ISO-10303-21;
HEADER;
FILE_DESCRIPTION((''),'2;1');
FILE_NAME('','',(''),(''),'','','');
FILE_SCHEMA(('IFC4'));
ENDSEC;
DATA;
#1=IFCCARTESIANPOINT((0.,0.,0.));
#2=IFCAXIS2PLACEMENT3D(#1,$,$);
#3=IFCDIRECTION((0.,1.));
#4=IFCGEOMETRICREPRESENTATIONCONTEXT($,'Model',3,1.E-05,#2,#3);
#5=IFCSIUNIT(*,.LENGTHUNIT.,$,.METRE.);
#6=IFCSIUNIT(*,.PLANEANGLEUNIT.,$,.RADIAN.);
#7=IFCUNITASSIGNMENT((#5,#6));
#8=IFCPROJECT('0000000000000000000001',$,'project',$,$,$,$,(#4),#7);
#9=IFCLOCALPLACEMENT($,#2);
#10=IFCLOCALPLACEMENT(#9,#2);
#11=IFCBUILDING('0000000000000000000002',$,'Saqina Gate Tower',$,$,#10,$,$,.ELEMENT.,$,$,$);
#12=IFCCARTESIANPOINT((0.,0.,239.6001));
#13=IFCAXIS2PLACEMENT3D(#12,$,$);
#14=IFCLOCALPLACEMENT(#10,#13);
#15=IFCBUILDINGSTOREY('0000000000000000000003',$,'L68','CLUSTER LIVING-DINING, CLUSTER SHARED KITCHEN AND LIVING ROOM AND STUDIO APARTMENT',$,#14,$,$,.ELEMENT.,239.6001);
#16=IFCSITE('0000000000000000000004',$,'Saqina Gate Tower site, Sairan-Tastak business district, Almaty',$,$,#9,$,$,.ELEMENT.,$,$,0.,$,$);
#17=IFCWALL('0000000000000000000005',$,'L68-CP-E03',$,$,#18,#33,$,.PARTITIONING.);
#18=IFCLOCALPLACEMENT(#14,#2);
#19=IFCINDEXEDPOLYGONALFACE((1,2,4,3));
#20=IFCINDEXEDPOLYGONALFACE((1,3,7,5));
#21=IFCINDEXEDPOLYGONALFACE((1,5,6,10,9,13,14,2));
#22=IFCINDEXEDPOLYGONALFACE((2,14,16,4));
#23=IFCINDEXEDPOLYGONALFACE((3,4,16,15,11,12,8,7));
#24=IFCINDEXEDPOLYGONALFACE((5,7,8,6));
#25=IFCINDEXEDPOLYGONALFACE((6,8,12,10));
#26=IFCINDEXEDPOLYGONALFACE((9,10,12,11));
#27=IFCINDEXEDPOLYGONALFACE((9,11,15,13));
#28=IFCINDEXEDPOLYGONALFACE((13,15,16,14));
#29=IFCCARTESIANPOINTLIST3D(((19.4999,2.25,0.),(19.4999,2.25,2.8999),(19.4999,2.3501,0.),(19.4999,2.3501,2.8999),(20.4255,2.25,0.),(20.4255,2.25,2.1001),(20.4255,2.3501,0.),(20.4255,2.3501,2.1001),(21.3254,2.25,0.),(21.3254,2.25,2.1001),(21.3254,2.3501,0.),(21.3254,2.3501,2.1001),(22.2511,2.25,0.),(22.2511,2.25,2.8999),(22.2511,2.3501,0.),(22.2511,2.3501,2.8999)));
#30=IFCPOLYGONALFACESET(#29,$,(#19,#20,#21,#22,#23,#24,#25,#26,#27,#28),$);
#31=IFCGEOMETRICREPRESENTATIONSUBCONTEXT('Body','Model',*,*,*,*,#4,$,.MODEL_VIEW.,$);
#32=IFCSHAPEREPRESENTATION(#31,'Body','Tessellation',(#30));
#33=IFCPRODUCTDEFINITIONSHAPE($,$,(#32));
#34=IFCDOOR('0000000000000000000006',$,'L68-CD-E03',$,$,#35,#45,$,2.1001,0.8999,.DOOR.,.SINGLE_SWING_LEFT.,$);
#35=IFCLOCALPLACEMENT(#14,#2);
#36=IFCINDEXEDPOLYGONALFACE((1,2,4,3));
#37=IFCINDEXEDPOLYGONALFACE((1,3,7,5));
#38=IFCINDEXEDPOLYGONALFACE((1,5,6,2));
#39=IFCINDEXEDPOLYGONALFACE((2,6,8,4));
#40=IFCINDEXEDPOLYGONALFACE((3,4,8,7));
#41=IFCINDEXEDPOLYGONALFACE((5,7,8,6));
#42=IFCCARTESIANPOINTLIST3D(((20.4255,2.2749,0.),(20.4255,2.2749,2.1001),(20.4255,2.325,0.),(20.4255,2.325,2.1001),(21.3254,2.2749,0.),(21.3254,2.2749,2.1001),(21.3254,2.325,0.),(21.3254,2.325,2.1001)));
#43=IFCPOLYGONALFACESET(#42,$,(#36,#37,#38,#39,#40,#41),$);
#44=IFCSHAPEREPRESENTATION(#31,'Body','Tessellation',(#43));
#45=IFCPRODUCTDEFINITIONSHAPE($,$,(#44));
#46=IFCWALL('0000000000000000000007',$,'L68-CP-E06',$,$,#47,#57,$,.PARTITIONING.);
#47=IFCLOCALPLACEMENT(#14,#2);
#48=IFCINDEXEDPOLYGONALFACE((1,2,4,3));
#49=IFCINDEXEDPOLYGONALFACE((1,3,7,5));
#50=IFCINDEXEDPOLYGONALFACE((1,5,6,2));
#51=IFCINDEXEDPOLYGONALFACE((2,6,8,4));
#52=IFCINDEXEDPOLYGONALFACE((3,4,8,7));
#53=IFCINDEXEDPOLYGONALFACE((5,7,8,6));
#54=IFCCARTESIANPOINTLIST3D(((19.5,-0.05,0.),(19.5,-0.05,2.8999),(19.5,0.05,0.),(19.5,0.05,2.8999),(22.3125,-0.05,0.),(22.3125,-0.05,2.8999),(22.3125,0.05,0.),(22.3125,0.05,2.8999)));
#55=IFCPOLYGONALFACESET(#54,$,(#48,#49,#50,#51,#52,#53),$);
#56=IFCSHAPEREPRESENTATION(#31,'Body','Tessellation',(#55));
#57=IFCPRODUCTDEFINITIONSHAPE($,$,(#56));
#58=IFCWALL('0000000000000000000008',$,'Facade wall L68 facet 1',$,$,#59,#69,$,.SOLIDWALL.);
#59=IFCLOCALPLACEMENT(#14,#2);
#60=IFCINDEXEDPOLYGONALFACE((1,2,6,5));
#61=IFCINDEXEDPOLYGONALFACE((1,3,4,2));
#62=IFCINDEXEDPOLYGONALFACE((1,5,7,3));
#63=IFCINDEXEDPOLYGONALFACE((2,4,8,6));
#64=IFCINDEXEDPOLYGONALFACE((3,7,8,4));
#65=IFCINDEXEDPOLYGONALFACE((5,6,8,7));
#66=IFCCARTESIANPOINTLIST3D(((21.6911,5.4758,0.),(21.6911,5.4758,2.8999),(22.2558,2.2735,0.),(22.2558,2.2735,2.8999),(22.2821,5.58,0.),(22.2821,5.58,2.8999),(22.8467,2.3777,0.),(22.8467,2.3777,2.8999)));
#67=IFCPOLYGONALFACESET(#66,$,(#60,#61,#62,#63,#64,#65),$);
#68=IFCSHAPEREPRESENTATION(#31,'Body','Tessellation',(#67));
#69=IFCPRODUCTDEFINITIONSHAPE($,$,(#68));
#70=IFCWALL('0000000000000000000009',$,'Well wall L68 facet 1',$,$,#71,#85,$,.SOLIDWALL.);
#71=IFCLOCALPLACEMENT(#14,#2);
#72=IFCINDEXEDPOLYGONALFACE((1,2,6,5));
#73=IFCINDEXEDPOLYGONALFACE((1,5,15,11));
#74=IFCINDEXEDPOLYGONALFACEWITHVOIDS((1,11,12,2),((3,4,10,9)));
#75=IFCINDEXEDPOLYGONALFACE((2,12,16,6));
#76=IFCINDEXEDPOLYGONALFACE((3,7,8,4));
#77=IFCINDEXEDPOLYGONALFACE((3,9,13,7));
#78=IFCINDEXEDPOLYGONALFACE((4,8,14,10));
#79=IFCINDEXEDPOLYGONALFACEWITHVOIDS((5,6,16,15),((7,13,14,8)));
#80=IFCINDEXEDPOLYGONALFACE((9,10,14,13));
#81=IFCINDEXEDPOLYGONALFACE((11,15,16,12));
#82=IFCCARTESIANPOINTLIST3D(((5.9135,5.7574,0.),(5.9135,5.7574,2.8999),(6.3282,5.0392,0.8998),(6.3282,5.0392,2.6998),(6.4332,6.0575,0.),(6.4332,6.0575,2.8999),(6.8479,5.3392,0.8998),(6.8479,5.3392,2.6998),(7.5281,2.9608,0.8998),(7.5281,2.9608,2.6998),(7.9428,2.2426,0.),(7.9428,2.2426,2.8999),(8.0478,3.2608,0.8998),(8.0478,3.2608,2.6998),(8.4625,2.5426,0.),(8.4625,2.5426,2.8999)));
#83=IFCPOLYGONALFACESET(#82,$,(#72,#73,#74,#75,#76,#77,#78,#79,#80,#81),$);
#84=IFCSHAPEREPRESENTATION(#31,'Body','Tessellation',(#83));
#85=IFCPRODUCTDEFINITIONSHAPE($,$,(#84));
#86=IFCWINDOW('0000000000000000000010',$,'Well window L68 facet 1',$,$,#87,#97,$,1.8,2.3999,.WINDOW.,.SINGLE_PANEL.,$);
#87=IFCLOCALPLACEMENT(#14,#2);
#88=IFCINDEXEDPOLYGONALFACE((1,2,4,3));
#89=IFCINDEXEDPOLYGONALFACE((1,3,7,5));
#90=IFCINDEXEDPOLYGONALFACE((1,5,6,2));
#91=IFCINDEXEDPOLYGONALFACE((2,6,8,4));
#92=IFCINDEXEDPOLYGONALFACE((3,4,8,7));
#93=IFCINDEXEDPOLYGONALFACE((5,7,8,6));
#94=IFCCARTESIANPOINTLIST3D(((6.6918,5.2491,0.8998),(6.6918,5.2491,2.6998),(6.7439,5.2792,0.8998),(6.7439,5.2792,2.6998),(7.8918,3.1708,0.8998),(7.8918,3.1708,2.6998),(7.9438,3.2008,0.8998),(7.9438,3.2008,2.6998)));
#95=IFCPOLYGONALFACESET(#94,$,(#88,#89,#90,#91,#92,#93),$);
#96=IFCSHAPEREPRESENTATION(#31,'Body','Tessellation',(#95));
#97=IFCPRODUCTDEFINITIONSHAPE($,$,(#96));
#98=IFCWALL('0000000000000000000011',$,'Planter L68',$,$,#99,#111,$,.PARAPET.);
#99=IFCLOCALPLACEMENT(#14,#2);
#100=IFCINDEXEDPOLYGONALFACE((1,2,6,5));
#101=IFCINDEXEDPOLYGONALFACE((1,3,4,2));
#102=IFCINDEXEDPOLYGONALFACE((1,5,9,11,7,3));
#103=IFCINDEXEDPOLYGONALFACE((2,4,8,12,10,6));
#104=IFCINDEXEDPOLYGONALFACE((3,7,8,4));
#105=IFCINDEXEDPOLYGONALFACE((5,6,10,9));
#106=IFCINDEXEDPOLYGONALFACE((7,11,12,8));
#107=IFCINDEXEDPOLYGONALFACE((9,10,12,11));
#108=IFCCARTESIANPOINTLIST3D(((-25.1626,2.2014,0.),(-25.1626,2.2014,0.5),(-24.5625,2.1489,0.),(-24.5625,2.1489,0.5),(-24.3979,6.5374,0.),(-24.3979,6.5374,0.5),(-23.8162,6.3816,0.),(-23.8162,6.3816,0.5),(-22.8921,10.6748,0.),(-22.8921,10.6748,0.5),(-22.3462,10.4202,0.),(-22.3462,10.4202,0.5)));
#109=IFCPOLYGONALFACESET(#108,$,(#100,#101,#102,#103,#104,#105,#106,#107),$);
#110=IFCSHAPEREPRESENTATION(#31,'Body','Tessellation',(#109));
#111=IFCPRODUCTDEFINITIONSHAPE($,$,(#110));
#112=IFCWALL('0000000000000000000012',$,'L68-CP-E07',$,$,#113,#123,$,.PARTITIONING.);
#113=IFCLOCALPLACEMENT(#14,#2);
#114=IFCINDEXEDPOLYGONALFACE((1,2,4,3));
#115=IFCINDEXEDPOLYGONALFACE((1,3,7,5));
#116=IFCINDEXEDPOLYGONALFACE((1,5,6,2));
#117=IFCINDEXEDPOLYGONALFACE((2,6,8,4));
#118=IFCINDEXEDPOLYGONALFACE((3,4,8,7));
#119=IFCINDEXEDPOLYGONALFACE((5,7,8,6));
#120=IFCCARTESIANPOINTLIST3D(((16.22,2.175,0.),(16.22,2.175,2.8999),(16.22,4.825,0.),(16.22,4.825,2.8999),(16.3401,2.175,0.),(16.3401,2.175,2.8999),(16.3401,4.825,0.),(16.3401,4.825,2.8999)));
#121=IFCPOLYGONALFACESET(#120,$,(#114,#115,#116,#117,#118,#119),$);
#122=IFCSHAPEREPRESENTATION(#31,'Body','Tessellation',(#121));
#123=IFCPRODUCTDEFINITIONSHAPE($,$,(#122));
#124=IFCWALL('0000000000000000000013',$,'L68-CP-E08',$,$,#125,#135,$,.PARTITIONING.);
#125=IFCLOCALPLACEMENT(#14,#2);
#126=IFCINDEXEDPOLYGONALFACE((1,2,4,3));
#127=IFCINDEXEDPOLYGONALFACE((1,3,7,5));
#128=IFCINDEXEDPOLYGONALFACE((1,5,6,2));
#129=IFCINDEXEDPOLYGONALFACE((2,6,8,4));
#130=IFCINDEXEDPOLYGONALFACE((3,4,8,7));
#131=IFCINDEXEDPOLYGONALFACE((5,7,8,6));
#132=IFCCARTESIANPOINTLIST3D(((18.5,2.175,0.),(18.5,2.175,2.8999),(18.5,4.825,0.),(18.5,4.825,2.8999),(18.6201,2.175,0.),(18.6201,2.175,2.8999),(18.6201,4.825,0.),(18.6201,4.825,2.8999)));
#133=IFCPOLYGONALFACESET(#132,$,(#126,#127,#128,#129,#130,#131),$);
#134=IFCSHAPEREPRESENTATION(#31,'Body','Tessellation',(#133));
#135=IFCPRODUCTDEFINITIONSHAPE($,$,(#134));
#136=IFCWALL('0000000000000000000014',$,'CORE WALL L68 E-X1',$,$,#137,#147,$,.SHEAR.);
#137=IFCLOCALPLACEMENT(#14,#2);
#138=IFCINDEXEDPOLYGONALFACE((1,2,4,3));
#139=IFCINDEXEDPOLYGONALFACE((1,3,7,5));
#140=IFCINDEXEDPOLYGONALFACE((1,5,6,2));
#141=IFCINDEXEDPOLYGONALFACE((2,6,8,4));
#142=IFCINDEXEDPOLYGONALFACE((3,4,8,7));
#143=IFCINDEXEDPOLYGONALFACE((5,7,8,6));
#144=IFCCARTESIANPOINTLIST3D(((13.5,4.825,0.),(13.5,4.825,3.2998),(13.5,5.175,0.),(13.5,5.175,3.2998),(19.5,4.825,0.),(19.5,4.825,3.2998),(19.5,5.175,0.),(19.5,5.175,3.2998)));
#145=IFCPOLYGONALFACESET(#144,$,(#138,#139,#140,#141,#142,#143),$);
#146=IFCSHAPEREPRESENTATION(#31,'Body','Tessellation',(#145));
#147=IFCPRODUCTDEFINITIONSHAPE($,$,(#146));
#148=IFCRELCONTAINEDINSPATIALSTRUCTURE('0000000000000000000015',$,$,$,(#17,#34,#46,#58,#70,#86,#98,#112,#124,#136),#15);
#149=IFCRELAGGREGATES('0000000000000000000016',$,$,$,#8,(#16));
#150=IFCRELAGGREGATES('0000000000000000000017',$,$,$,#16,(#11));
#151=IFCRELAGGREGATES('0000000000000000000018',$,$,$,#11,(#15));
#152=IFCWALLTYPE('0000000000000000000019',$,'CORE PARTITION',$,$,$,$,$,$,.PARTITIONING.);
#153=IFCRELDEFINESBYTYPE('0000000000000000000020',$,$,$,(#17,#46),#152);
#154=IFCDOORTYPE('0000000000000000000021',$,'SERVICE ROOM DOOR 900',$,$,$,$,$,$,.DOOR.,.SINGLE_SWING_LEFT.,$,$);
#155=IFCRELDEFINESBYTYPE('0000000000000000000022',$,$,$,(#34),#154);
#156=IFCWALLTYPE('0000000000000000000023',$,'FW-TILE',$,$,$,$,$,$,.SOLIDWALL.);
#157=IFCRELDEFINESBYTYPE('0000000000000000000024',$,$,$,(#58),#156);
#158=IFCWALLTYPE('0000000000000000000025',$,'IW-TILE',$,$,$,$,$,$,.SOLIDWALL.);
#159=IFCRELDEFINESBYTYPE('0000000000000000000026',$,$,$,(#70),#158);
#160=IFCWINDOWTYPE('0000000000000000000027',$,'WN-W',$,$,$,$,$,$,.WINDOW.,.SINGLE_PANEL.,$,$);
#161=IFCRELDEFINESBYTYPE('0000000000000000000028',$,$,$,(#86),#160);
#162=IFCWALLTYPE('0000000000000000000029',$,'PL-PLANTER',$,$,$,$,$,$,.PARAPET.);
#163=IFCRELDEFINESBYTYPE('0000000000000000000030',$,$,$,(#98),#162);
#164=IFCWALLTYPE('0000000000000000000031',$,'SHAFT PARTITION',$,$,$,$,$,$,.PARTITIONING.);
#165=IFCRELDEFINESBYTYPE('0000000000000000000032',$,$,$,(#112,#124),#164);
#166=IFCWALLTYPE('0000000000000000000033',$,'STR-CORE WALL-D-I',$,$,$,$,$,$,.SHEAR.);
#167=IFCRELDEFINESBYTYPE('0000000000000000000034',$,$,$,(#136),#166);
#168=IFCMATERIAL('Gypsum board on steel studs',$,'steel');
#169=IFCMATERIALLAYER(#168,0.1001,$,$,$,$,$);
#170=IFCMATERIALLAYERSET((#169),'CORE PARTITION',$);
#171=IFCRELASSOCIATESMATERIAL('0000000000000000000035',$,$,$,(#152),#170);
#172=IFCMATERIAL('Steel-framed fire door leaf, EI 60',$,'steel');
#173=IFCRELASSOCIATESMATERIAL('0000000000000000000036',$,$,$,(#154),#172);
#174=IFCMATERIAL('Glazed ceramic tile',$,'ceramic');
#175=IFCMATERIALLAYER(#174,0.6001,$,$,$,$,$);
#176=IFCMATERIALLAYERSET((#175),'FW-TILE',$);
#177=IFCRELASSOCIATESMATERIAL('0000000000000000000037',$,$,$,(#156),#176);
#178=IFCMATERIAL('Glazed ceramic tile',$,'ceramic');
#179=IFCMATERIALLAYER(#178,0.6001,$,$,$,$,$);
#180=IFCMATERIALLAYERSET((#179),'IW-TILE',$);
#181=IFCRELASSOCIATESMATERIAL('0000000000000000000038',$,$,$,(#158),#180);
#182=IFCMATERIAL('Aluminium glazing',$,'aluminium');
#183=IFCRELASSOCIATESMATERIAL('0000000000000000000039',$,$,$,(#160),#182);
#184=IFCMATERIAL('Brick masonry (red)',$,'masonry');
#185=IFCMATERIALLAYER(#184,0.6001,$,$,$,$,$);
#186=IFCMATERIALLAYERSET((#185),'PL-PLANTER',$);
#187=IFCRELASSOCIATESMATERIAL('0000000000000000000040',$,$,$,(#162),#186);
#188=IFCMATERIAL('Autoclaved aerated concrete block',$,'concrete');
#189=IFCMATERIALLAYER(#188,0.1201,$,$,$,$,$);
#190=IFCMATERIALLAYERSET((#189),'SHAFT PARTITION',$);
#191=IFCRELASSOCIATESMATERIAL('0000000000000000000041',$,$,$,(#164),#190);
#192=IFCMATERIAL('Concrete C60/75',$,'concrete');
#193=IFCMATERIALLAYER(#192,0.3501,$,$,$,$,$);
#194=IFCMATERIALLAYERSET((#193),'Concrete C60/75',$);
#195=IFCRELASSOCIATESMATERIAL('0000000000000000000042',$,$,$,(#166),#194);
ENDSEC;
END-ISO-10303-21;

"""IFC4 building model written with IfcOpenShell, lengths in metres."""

from ifc_helpers import new_model, si_unit, direction, frame, frame_2d, origin, place, context, subcontext, project, spatial, polyline, rectangle, outline, extrude, material, layer, layer_set, type_object, element, fill, save


model = new_model("IFC4")

# Units and contexts
model_context = context("Model", 3, precision=1e-05, world=origin(), true_north=direction((0.0, 1.0)))
body_context = subcontext(model_context, "Body", "Model", "MODEL_VIEW")
ifc_project = project(units=[si_unit("LENGTHUNIT", "METRE"), si_unit("PLANEANGLEUNIT", "RADIAN")], contexts=[model_context])

# Site, building, storey
site_placement = place(None, origin())
site = spatial("IfcSite", under=ifc_project, at=site_placement, Name="Saqina Gate Tower site, Sairan-Tastak business district, Almaty", CompositionType="ELEMENT", RefElevation=0.0)
building_placement = place(site_placement, origin())
building = spatial("IfcBuilding", under=site, at=building_placement, Name="Saqina Gate Tower", CompositionType="ELEMENT")
storey_placement = place(building_placement, frame((0.0, 0.0, 239.6001)))
storey = spatial("IfcBuildingStorey", under=building, at=storey_placement, Name="L68", Description="CLUSTER LIVING-DINING, CLUSTER SHARED KITCHEN AND LIVING ROOM AND STUDIO APARTMENT", CompositionType="ELEMENT", Elevation=239.6001)

# Shared definitions
ifc_material_1 = material(Name="Gypsum board on steel studs", Category="steel")
ifc_layer_1 = layer(ifc_material_1, 0.1001)
ifc_layer_set_1 = layer_set([ifc_layer_1], Name="CORE PARTITION")
wall_type_1 = type_object("IfcWallType", Name="CORE PARTITION", PredefinedType="PARTITIONING", material=ifc_layer_set_1)

# Wall, opening, door
wall_1_placement = place(storey_placement, frame((19.5, 2.3, 0.0), z_axis=(0.0, 0.0, 1.0), x_axis=(1.0, 0.0, 0.0)))
wall_1 = element("IfcWall", 1, at=wall_1_placement, inside=storey, type_object=wall_type_1, Name="L68-CP-E03", PredefinedType="PARTITIONING", context=body_context, shape_type="SweptSolid", body=[
    extrude(rectangle(XDim=2.7512, YDim=0.1001, at=frame_2d((1.3755, 0.0))), origin(), (0.0, 0.0, 1.0), 2.8999),
])
opening_1_placement = place(wall_1_placement, frame((0.9255, 0.0, 0.0)))
opening_1 = element("IfcOpeningElement", 2, at=opening_1_placement, cuts=wall_1, PredefinedType="OPENING", context=body_context, shape_type="SweptSolid", body=[
    extrude(rectangle(XDim=0.8999, YDim=2.1001, at=frame_2d((0.45, 1.05))), frame((0.0, 0.062, 0.0), z_axis=(0.0, -1.0, 0.0), x_axis=(1.0, 0.0, 0.0)), (0.0, 0.0, 1.0), 0.124),
])
ifc_material_2 = material(Name="Steel-framed fire door leaf, EI 60", Category="steel")
door_type_1 = type_object("IfcDoorType", Name="SERVICE ROOM DOOR 900", OperationType="SINGLE_SWING_LEFT", PredefinedType="DOOR", material=ifc_material_2)
door_1_placement = place(opening_1_placement, origin())
door_1 = element("IfcDoor", 3, at=door_1_placement, inside=storey, type_object=door_type_1, Name="L68-CD-E03", OperationType="SINGLE_SWING_LEFT", OverallHeight=2.1001, OverallWidth=0.8999, PredefinedType="DOOR", context=body_context, shape_type="SweptSolid", body=[
    extrude(rectangle(XDim=0.8999, YDim=2.1001, at=frame_2d((0.45, 1.05))), frame((0.0, 0.0249, 0.0), z_axis=(0.0, -1.0, 0.0), x_axis=(1.0, 0.0, 0.0)), (0.0, 0.0, 1.0), 0.05),
])
fill(opening_1, door_1)

# Walls
wall_2_placement = place(storey_placement, frame((19.5, 0.0, 0.0), z_axis=(0.0, 0.0, 1.0), x_axis=(1.0, 0.0, 0.0)))
element("IfcWall", 4, at=wall_2_placement, inside=storey, type_object=wall_type_1, Name="L68-CP-E06", PredefinedType="PARTITIONING", context=body_context, shape_type="SweptSolid", body=[
    extrude(rectangle(XDim=2.8125, YDim=0.1001, at=frame_2d((1.4062, 0.0))), origin(), (0.0, 0.0, 1.0), 2.8999),
])
ifc_material_3 = material(Name="Glazed ceramic tile", Category="ceramic")
ifc_layer_2 = layer(ifc_material_3, 0.6001)
ifc_layer_set_2 = layer_set([ifc_layer_2], Name="FW-TILE")
wall_type_2 = type_object("IfcWallType", Name="FW-TILE", PredefinedType="SOLIDWALL", material=ifc_layer_set_2)
wall_3_placement = place(storey_placement, frame((22.5513, 2.3254, 0.0), z_axis=(0.0, 0.0, 1.0), x_axis=(-0.173657, 0.984806, 0.0)))
element("IfcWall", 5, at=wall_3_placement, inside=storey, type_object=wall_type_2, Name="Facade wall L68 facet 1", PredefinedType="SOLIDWALL", context=body_context, shape_type="SweptSolid", body=[
    extrude(rectangle(XDim=3.2517, YDim=0.6001, at=frame_2d((1.626, 0.0))), origin(), (0.0, 0.0, 1.0), 2.8999),
])

# Wall, opening, window
ifc_material_4 = material(Name="Glazed ceramic tile", Category="ceramic")
ifc_layer_3 = layer(ifc_material_4, 0.6001)
ifc_layer_set_3 = layer_set([ifc_layer_3], Name="IW-TILE")
wall_type_3 = type_object("IfcWallType", Name="IW-TILE", PredefinedType="SOLIDWALL", material=ifc_layer_set_3)
wall_4_placement = place(storey_placement, frame((8.2026, 2.3926, 0.0), z_axis=(0.0, 0.0, 1.0), x_axis=(-0.499995, 0.866028, 0.0)))
wall_4 = element("IfcWall", 6, at=wall_4_placement, inside=storey, type_object=wall_type_3, Name="Well wall L68 facet 1", PredefinedType="SOLIDWALL", context=body_context, shape_type="SweptSolid", body=[
    extrude(rectangle(XDim=4.0586, YDim=0.6001, at=frame_2d((2.0293, 0.0))), origin(), (0.0, 0.0, 1.0), 2.8999),
])
opening_2_placement = place(wall_4_placement, frame((0.8293, 0.0, 0.8999)))
opening_2 = element("IfcOpeningElement", 7, at=opening_2_placement, cuts=wall_4, PredefinedType="OPENING", context=body_context, shape_type="SweptSolid", body=[
    extrude(rectangle(XDim=2.3999, YDim=1.8, at=frame_2d((1.2, 0.8999))), frame((0.0, 0.312, 0.0), z_axis=(0.0, -1.0, 0.0), x_axis=(1.0, 0.0, 0.0)), (0.0, 0.0, 1.0), 0.624),
])
ifc_material_5 = material(Name="Aluminium glazing", Category="aluminium")
window_type = type_object("IfcWindowType", Name="WN-W", PartitioningType="SINGLE_PANEL", PredefinedType="WINDOW", material=ifc_material_5)
window_placement = place(opening_2_placement, origin())
window = element("IfcWindow", 8, at=window_placement, inside=storey, type_object=window_type, Name="Well window L68 facet 1", OverallHeight=1.8, OverallWidth=2.3999, PartitioningType="SINGLE_PANEL", PredefinedType="WINDOW", context=body_context, shape_type="SweptSolid", body=[
    extrude(rectangle(XDim=2.3999, YDim=1.8, at=frame_2d((1.2, 0.8999))), frame((0.0, -0.1199, 0.0), z_axis=(0.0, -1.0, 0.0), x_axis=(1.0, 0.0, 0.0)), (0.0, 0.0, 1.0), 0.0601),
])
fill(opening_2, window)

# Walls
ifc_material_6 = material(Name="Brick masonry (red)", Category="masonry")
ifc_layer_4 = layer(ifc_material_6, 0.6001)
ifc_layer_set_4 = layer_set([ifc_layer_4], Name="PL-PLANTER")
wall_type_4 = type_object("IfcWallType", Name="PL-PLANTER", PredefinedType="PARAPET", material=ifc_layer_set_4)
wall_5_placement = place(storey_placement, origin())
element("IfcWall", 9, at=wall_5_placement, inside=storey, type_object=wall_type_4, Name="Planter L68", PredefinedType="PARAPET", context=body_context, shape_type="SweptSolid", body=[
    extrude(outline(polyline([(-22.8921, 10.6748), (-24.3979, 6.5374), (-25.1626, 2.2014), (-24.5625, 2.1489), (-23.8162, 6.3816), (-22.3462, 10.4202), (-22.8921, 10.6748)])), origin(), (0.0, 0.0, 1.0), 0.5),
])
ifc_material_7 = material(Name="Autoclaved aerated concrete block", Category="concrete")
ifc_layer_5 = layer(ifc_material_7, 0.1201)
ifc_layer_set_5 = layer_set([ifc_layer_5], Name="SHAFT PARTITION")
wall_type_5 = type_object("IfcWallType", Name="SHAFT PARTITION", PredefinedType="PARTITIONING", material=ifc_layer_set_5)
for number, where, z_axis, x_axis, name in (
    (10, (16.28, 2.175, 0.0), (0.0, 0.0, 1.0), (0.0, 1.0, 0.0), "L68-CP-E07"),
    (11, (18.5601, 2.175, 0.0), (0.0, 0.0, 1.0), (0.0, 1.0, 0.0), "L68-CP-E08"),
):
    element("IfcWall", number, at=place(storey_placement, frame(where, z_axis=z_axis, x_axis=x_axis)), inside=storey, type_object=wall_type_5, Name=name, PredefinedType="PARTITIONING", context=body_context, shape_type="SweptSolid", body=[
        extrude(rectangle(XDim=2.6499, YDim=0.1201, at=frame_2d((1.325, 0.0))), origin(), (0.0, 0.0, 1.0), 2.8999),
    ])
ifc_material_8 = material(Name="Concrete C60/75", Category="concrete")
ifc_layer_6 = layer(ifc_material_8, 0.3501)
ifc_layer_set_6 = layer_set([ifc_layer_6], Name="Concrete C60/75")
wall_type_6 = type_object("IfcWallType", Name="STR-CORE WALL-D-I", PredefinedType="SHEAR", material=ifc_layer_set_6)
wall_6_placement = place(storey_placement, frame((13.5, 5.0, 0.0), z_axis=(0.0, 0.0, 1.0), x_axis=(1.0, 0.0, 0.0)))
element("IfcWall", 12, at=wall_6_placement, inside=storey, type_object=wall_type_6, Name="CORE WALL L68 E-X1", PredefinedType="SHEAR", context=body_context, shape_type="SweptSolid", body=[
    extrude(rectangle(XDim=6.0, YDim=0.3501, at=frame_2d((3.0, 0.0))), origin(), (0.0, 0.0, 1.0), 3.2998),
])

save(model, "model.ifc")
